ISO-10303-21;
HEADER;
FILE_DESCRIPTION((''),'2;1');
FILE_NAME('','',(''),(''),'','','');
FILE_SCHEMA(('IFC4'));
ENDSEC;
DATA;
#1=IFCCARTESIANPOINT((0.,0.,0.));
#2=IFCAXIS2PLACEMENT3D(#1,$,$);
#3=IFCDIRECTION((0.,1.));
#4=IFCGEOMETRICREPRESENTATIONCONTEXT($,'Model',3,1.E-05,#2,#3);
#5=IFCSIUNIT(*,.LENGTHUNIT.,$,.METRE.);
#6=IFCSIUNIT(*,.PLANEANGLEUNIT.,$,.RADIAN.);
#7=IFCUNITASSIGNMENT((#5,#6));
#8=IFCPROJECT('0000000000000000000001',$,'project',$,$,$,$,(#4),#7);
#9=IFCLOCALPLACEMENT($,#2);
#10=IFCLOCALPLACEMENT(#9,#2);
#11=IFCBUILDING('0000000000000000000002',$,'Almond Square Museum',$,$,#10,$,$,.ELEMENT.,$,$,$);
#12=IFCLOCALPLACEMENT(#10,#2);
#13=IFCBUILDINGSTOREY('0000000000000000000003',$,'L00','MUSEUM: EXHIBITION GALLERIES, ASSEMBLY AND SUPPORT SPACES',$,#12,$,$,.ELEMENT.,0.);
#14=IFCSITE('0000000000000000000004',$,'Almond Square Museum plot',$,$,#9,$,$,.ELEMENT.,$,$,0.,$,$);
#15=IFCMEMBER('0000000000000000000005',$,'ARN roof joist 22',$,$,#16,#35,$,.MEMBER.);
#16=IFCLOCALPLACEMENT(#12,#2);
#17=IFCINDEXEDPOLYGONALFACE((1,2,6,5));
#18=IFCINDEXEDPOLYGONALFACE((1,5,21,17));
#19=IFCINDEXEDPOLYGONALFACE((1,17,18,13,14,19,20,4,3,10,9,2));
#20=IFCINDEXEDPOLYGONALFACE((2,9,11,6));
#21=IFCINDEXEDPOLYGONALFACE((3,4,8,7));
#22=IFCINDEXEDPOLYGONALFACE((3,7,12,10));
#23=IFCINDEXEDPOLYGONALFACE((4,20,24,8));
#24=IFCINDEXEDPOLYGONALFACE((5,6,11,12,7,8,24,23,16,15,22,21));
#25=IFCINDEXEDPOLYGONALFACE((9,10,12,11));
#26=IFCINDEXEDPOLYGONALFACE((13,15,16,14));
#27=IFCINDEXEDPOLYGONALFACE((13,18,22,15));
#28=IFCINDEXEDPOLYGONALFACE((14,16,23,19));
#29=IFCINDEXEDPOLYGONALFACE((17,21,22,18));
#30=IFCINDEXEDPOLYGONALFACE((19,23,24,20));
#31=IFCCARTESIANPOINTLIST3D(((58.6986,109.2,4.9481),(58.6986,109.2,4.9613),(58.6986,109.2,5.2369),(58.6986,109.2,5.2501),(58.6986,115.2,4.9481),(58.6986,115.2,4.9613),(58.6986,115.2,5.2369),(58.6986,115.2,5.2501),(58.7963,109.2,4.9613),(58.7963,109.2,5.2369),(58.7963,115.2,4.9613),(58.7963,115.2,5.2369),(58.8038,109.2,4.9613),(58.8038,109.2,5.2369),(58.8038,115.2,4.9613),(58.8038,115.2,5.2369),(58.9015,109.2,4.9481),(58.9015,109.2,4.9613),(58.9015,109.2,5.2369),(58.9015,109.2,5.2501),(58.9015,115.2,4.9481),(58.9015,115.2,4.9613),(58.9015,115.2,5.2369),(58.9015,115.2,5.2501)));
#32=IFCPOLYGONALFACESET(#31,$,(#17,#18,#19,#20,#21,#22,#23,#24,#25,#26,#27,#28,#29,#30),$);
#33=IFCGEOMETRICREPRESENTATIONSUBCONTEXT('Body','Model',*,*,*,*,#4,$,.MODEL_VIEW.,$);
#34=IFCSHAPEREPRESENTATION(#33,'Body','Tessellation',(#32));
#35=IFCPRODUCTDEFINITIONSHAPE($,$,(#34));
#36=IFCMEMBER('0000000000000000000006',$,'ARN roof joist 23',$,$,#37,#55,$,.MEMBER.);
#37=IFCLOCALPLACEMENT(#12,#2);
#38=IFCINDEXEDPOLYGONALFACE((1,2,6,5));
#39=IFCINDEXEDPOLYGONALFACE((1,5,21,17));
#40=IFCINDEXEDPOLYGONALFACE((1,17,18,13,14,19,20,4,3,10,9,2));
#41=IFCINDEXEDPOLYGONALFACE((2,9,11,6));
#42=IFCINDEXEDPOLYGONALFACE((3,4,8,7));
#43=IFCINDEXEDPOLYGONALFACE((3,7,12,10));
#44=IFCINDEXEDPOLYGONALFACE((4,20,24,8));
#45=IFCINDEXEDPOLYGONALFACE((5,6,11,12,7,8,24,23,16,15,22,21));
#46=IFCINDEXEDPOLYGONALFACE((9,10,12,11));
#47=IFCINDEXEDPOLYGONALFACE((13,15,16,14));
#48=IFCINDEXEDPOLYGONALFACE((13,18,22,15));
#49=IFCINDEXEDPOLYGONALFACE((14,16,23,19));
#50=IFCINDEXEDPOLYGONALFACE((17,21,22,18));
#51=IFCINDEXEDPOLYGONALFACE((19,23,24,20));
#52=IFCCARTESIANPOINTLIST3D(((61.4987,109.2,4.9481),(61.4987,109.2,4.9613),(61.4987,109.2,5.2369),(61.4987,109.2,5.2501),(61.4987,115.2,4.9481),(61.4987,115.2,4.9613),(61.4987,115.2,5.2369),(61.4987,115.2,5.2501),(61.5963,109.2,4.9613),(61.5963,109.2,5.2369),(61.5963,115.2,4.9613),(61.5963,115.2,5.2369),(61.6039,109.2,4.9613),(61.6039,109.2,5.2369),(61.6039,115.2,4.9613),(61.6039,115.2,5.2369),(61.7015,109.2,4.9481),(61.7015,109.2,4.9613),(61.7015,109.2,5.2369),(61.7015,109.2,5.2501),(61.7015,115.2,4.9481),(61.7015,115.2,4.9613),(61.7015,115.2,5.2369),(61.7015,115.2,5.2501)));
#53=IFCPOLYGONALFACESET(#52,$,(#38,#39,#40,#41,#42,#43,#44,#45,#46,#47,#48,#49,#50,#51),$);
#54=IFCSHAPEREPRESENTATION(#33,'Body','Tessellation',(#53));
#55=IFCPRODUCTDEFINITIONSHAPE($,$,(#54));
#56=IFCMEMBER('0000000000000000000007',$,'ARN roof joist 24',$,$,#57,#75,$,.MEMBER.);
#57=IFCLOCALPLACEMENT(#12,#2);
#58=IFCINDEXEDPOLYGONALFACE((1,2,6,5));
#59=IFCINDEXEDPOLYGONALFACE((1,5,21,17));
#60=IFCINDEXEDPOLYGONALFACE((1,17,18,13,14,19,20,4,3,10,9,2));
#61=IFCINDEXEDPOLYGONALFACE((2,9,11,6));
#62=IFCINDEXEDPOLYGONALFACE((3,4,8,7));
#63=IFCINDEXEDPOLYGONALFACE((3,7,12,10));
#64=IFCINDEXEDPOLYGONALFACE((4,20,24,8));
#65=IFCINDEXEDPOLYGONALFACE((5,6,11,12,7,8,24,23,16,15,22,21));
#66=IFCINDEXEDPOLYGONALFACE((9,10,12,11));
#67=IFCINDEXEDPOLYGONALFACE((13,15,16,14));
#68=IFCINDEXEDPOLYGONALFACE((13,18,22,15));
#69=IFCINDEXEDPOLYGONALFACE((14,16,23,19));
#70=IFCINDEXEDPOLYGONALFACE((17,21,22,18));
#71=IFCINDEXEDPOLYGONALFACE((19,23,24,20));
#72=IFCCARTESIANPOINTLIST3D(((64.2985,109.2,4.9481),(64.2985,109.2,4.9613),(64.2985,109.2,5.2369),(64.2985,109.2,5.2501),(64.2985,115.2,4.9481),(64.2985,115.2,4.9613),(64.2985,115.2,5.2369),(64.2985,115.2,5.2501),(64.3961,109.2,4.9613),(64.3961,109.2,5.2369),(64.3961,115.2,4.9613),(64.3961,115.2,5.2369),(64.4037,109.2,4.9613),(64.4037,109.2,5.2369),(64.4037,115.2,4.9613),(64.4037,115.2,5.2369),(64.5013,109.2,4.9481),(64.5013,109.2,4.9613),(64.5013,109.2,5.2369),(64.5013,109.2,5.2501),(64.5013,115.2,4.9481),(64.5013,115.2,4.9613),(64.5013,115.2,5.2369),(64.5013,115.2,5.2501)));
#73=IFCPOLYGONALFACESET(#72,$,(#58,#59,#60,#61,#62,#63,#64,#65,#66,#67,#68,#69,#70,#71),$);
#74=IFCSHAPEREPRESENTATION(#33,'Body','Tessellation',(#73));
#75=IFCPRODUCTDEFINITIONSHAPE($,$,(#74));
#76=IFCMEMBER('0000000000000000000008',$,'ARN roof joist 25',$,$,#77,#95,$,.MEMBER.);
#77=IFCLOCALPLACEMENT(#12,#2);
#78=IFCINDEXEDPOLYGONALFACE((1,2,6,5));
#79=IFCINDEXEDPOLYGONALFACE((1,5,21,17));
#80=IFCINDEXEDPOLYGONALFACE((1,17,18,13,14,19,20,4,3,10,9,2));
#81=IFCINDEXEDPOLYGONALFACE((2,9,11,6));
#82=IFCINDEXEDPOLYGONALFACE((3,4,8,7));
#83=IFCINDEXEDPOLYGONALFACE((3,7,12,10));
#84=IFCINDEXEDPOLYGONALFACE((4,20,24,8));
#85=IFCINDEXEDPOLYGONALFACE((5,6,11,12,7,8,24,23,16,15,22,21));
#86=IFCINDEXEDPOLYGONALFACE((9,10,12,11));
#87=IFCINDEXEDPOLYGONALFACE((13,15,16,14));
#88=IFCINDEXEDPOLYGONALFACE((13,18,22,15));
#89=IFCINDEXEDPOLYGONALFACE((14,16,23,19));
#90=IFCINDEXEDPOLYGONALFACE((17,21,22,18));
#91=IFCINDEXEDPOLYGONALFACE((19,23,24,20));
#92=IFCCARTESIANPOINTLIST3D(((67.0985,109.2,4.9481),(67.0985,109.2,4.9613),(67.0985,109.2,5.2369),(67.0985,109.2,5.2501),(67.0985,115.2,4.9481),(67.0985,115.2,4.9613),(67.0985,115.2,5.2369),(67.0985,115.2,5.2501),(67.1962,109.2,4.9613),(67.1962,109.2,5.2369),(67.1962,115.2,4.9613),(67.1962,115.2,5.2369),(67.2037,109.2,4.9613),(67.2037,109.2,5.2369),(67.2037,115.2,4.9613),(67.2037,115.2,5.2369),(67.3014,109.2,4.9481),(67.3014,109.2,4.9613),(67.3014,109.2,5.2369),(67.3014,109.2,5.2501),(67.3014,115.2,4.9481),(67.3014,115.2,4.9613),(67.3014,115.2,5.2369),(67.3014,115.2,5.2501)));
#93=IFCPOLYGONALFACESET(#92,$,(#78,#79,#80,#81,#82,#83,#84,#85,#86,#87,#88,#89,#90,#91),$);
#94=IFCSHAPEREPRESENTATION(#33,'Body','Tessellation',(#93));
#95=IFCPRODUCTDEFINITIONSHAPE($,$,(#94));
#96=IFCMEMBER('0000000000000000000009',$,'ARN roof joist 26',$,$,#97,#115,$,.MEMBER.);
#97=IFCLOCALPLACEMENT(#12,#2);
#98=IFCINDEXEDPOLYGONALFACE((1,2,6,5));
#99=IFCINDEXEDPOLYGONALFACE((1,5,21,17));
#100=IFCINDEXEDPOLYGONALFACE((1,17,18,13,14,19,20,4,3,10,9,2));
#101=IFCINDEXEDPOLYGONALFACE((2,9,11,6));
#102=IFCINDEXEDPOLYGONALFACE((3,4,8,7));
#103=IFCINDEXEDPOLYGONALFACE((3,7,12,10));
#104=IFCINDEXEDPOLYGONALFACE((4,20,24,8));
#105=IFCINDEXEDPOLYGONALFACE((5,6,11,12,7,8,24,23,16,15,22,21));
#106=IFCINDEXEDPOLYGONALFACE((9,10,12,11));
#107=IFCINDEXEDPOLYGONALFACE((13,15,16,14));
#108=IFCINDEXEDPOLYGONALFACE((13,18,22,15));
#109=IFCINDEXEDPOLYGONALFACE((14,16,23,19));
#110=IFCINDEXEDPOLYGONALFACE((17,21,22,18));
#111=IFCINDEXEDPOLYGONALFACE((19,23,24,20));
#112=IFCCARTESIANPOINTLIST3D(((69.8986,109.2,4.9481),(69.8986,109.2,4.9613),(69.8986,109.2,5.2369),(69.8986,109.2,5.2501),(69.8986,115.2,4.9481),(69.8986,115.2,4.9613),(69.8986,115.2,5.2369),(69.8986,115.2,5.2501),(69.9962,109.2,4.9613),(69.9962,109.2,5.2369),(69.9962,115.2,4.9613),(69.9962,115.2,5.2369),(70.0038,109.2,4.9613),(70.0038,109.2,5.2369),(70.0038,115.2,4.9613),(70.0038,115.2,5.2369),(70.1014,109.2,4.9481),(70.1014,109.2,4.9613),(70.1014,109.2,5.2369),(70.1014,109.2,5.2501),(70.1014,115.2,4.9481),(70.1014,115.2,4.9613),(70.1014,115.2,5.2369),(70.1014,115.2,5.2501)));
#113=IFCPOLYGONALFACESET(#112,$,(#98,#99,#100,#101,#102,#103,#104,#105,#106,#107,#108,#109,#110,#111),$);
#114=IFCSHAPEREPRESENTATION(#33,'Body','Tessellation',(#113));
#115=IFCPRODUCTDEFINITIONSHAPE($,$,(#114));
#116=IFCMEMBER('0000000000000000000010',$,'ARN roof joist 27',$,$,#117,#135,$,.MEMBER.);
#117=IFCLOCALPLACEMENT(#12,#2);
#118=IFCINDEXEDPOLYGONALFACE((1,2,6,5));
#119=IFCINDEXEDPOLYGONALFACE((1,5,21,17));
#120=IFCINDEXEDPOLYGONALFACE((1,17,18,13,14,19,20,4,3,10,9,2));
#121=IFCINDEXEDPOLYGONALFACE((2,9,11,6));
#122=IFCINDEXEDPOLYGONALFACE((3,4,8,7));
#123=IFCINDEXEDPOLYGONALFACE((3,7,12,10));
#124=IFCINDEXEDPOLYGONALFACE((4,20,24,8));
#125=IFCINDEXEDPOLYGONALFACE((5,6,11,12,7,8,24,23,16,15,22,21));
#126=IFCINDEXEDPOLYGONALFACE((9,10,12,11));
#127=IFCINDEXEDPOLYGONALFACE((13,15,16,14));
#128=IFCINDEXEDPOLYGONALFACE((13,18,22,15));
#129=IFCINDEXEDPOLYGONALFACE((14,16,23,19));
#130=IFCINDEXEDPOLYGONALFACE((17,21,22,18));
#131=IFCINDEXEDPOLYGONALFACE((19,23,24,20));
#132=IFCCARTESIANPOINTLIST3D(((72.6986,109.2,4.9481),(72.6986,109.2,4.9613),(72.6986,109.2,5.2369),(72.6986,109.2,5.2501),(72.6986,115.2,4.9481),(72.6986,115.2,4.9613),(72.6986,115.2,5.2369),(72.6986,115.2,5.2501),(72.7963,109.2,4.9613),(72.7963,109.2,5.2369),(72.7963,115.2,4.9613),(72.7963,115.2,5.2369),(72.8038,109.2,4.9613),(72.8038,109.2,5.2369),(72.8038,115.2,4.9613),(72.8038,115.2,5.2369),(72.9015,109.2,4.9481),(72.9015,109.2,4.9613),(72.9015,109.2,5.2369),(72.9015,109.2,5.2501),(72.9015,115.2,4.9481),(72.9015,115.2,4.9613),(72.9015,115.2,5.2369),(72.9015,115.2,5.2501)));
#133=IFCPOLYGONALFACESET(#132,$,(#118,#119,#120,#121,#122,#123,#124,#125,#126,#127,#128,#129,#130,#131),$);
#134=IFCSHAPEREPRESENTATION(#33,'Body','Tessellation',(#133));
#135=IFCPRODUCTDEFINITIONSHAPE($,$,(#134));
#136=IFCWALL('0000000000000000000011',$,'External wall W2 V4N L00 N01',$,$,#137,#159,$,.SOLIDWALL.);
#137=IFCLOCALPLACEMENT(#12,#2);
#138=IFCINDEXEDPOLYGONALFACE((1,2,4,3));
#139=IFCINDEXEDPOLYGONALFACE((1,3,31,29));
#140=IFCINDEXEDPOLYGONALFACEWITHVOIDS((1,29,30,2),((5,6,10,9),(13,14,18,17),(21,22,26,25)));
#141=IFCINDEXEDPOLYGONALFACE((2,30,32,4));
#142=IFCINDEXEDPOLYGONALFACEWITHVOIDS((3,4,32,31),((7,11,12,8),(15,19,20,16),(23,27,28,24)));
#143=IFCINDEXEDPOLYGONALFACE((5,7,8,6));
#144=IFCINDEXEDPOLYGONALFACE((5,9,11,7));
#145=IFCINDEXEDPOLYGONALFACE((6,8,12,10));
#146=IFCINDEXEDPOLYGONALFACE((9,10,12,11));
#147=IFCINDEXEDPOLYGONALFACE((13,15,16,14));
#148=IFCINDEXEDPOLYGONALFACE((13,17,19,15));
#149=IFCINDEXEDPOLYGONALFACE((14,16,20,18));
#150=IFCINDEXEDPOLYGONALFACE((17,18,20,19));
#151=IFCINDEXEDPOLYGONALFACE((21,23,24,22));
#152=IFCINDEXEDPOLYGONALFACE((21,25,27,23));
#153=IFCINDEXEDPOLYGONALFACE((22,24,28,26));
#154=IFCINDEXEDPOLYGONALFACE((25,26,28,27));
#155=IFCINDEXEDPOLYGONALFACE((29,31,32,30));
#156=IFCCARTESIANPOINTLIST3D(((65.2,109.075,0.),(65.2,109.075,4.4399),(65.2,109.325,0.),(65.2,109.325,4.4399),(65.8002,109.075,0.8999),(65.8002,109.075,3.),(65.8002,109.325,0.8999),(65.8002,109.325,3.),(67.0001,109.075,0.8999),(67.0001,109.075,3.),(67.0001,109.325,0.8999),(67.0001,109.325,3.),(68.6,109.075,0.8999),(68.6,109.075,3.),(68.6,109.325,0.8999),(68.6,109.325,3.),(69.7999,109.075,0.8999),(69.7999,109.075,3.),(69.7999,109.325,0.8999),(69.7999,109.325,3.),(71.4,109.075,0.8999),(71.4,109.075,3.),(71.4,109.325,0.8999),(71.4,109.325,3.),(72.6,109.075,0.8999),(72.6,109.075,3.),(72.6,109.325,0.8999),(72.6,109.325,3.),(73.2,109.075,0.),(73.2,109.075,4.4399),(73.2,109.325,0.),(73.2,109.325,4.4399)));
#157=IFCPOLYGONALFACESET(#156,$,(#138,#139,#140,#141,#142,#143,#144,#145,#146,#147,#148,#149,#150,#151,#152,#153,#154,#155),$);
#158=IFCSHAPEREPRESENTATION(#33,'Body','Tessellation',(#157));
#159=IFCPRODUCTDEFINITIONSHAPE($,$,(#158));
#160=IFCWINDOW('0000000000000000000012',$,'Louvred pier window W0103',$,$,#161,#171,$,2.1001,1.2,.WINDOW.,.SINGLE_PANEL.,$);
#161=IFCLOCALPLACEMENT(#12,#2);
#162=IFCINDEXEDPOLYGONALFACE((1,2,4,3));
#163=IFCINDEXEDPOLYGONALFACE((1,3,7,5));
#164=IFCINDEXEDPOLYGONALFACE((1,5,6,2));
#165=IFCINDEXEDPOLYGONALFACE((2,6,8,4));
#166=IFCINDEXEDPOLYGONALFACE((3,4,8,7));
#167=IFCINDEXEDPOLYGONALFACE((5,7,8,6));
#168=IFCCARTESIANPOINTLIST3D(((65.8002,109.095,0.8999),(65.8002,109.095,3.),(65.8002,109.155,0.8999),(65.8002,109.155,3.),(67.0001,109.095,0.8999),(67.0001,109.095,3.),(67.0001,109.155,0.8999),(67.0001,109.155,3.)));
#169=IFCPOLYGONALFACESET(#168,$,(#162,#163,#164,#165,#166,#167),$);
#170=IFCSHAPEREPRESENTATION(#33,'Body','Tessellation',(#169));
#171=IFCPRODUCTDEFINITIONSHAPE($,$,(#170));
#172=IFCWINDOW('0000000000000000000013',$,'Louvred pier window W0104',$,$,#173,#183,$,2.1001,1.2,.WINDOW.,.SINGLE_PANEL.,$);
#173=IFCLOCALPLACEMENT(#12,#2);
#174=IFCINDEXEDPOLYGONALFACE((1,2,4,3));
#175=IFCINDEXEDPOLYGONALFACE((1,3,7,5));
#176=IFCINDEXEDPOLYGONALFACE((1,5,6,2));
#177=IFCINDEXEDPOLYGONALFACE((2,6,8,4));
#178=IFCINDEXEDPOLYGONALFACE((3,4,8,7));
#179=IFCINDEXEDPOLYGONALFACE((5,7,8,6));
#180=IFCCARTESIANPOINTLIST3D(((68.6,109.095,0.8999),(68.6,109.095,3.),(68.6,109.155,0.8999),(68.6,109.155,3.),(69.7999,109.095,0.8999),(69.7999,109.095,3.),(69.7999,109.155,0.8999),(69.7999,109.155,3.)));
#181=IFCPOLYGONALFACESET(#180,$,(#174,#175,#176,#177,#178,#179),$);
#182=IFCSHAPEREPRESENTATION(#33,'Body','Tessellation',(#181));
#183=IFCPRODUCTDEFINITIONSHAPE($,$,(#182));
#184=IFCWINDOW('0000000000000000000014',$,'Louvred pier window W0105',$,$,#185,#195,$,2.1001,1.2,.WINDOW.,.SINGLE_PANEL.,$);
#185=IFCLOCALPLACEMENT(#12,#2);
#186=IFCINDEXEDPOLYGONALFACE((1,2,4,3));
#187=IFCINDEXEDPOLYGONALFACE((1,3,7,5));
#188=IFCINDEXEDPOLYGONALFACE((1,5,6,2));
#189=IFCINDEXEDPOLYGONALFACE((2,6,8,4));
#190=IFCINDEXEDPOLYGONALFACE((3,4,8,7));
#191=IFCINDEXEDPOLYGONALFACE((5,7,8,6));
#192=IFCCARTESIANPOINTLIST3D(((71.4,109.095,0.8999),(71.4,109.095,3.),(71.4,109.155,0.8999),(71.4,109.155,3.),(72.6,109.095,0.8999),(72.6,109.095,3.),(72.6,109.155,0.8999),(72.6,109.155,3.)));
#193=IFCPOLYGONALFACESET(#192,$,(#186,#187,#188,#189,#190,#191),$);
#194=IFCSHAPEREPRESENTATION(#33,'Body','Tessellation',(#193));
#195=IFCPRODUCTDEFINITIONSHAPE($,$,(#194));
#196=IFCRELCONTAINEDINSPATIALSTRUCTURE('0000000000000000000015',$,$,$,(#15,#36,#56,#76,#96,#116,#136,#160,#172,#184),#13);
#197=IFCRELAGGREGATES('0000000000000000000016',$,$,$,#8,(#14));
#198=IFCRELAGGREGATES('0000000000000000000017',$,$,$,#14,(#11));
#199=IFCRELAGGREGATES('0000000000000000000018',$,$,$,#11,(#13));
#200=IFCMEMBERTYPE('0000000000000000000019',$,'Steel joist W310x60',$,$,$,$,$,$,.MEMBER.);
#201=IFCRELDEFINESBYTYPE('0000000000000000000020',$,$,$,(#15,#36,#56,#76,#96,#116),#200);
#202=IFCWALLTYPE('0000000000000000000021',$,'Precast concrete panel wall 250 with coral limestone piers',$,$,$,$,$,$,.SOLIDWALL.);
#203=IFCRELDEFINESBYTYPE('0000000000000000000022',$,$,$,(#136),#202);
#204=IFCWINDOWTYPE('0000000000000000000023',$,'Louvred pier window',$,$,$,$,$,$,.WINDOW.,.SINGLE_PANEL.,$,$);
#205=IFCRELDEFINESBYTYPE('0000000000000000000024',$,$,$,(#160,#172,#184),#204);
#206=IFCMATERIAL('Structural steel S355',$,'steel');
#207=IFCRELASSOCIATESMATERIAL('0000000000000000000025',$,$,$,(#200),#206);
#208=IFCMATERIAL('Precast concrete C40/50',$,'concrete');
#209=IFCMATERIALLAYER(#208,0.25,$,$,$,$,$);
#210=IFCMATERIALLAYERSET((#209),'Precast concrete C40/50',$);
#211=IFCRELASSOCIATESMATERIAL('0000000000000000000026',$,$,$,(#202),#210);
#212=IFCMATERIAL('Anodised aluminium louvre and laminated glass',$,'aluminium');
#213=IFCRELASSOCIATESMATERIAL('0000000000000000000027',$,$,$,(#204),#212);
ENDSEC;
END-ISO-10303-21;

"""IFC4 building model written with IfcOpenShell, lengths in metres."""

from ifc_helpers import new_model, si_unit, direction, frame, frame_2d, origin, origin_2d, place, context, subcontext, project, spatial, rectangle, i_section, extrude, material, layer, layer_set, material_profile, profile_set, type_object, element, fill, save


model = new_model("IFC4")

# Units and contexts
model_context = context("Model", 3, precision=1e-05, world=origin(), true_north=direction((0.0, 1.0)))
body_context = subcontext(model_context, "Body", "Model", "MODEL_VIEW")
ifc_project = project(units=[si_unit("LENGTHUNIT", "METRE"), si_unit("PLANEANGLEUNIT", "RADIAN")], contexts=[model_context])

# Site, building, storey
site_placement = place(None, origin())
site = spatial("IfcSite", under=ifc_project, at=site_placement, Name="Almond Square Museum plot", CompositionType="ELEMENT", RefElevation=0.0)
building_placement = place(site_placement, origin())
building = spatial("IfcBuilding", under=site, at=building_placement, Name="Almond Square Museum", CompositionType="ELEMENT")
storey_placement = place(building_placement, origin())
storey = spatial("IfcBuildingStorey", under=building, at=storey_placement, Name="L00", Description="MUSEUM: EXHIBITION GALLERIES, ASSEMBLY AND SUPPORT SPACES", CompositionType="ELEMENT", Elevation=0.0)

# Members
ifc_material_1 = material(Name="Structural steel S355", Category="steel")
ifc_material_profile_1 = material_profile(ifc_material_1, i_section(OverallWidth=0.2029, OverallDepth=0.302, WebThickness=0.0076, FlangeThickness=0.0132, at=origin_2d()))
ifc_profile_set_1 = profile_set([ifc_material_profile_1], Name="Structural steel S355")
member_type = type_object("IfcMemberType", Name="Steel joist W310x60", PredefinedType="MEMBER", material=ifc_profile_set_1)
for number, where, z_axis, x_axis, name in (
    (1, (58.8, 109.2, 5.0991), (0.0, 1.0, 0.0), (-1.0, 0.0, 0.0), "ARN roof joist 22"),
    (2, (61.6001, 109.2, 5.0991), (0.0, 1.0, 0.0), (-1.0, 0.0, 0.0), "ARN roof joist 23"),
    (3, (64.3999, 109.2, 5.0991), (0.0, 1.0, 0.0), (-1.0, 0.0, 0.0), "ARN roof joist 24"),
    (4, (67.2, 109.2, 5.0991), (0.0, 1.0, 0.0), (-1.0, 0.0, 0.0), "ARN roof joist 25"),
    (5, (70.0, 109.2, 5.0991), (0.0, 1.0, 0.0), (-1.0, 0.0, 0.0), "ARN roof joist 26"),
    (6, (72.8, 109.2, 5.0991), (0.0, 1.0, 0.0), (-1.0, 0.0, 0.0), "ARN roof joist 27"),
):
    element("IfcMember", number, at=place(storey_placement, frame(where, z_axis=z_axis, x_axis=x_axis)), inside=storey, type_object=member_type, Name=name, PredefinedType="MEMBER", context=body_context, shape_type="SweptSolid", body=[
        extrude(i_section(OverallWidth=0.2029, OverallDepth=0.302, WebThickness=0.0076, FlangeThickness=0.0132, at=origin_2d()), origin(), (0.0, 0.0, 1.0), 6.0),
    ])

# Wall, openings, windows
ifc_material_2 = material(Name="Precast concrete C40/50", Category="concrete")
ifc_layer_1 = layer(ifc_material_2, 0.25)
ifc_layer_set_1 = layer_set([ifc_layer_1], Name="Precast concrete C40/50")
wall_type_1 = type_object("IfcWallType", Name="Precast concrete panel wall 250 with coral limestone piers", PredefinedType="SOLIDWALL", material=ifc_layer_set_1)
wall_1_placement = place(storey_placement, frame((65.2, 109.2, 0.0), z_axis=(0.0, 0.0, 1.0), x_axis=(1.0, 0.0, 0.0)))
wall_1 = element("IfcWall", 7, at=wall_1_placement, inside=storey, type_object=wall_type_1, Name="External wall W2 V4N L00 N01", PredefinedType="SOLIDWALL", context=body_context, shape_type="SweptSolid", body=[
    extrude(rectangle(XDim=8.0, YDim=0.25, at=frame_2d((4.0, 0.0))), origin(), (0.0, 0.0, 1.0), 4.4399),
])
opening_1_placement = place(wall_1_placement, frame((0.6001, 0.0, 0.8999)))
opening_1 = element("IfcOpeningElement", 8, at=opening_1_placement, cuts=wall_1, PredefinedType="OPENING", context=body_context, shape_type="SweptSolid", body=[
    extrude(rectangle(XDim=1.2, YDim=2.1001, at=frame_2d((0.6001, 1.05))), frame((0.0, 0.135, 0.0), z_axis=(0.0, -1.0, 0.0), x_axis=(1.0, 0.0, 0.0)), (0.0, 0.0, 1.0), 0.27),
])
opening_2_placement = place(wall_1_placement, frame((3.3999, 0.0, 0.8999)))
opening_2 = element("IfcOpeningElement", 9, at=opening_2_placement, cuts=wall_1, PredefinedType="OPENING", context=body_context, shape_type="SweptSolid", body=[
    extrude(rectangle(XDim=1.2, YDim=2.1001, at=frame_2d((0.6001, 1.05))), frame((0.0, 0.135, 0.0), z_axis=(0.0, -1.0, 0.0), x_axis=(1.0, 0.0, 0.0)), (0.0, 0.0, 1.0), 0.27),
])
opening_3_placement = place(wall_1_placement, frame((6.2, 0.0, 0.8999)))
opening_3 = element("IfcOpeningElement", 10, at=opening_3_placement, cuts=wall_1, PredefinedType="OPENING", context=body_context, shape_type="SweptSolid", body=[
    extrude(rectangle(XDim=1.2, YDim=2.1001, at=frame_2d((0.6001, 1.05))), frame((0.0, 0.135, 0.0), z_axis=(0.0, -1.0, 0.0), x_axis=(1.0, 0.0, 0.0)), (0.0, 0.0, 1.0), 0.27),
])
ifc_material_3 = material(Name="Anodised aluminium louvre and laminated glass", Category="aluminium")
window_type = type_object("IfcWindowType", Name="Louvred pier window", PartitioningType="SINGLE_PANEL", PredefinedType="WINDOW", material=ifc_material_3)
window_1_placement = place(opening_1_placement, origin())
window_1 = element("IfcWindow", 11, at=window_1_placement, inside=storey, type_object=window_type, Name="Louvred pier window W0103", OverallHeight=2.1001, OverallWidth=1.2, PartitioningType="SINGLE_PANEL", PredefinedType="WINDOW", context=body_context, shape_type="SweptSolid", body=[
    extrude(rectangle(XDim=1.2, YDim=2.1001, at=frame_2d((0.6001, 1.05))), frame((0.0, -0.0449, 0.0), z_axis=(0.0, -1.0, 0.0), x_axis=(1.0, 0.0, 0.0)), (0.0, 0.0, 1.0), 0.0601),
])
fill(opening_1, window_1)
window_2_placement = place(opening_2_placement, origin())
window_2 = element("IfcWindow", 12, at=window_2_placement, inside=storey, type_object=window_type, Name="Louvred pier window W0104", OverallHeight=2.1001, OverallWidth=1.2, PartitioningType="SINGLE_PANEL", PredefinedType="WINDOW", context=body_context, shape_type="SweptSolid", body=[
    extrude(rectangle(XDim=1.2, YDim=2.1001, at=frame_2d((0.6001, 1.05))), frame((0.0, -0.0449, 0.0), z_axis=(0.0, -1.0, 0.0), x_axis=(1.0, 0.0, 0.0)), (0.0, 0.0, 1.0), 0.0601),
])
fill(opening_2, window_2)
window_3_placement = place(opening_3_placement, origin())
window_3 = element("IfcWindow", 13, at=window_3_placement, inside=storey, type_object=window_type, Name="Louvred pier window W0105", OverallHeight=2.1001, OverallWidth=1.2, PartitioningType="SINGLE_PANEL", PredefinedType="WINDOW", context=body_context, shape_type="SweptSolid", body=[
    extrude(rectangle(XDim=1.2, YDim=2.1001, at=frame_2d((0.6001, 1.05))), frame((0.0, -0.0449, 0.0), z_axis=(0.0, -1.0, 0.0), x_axis=(1.0, 0.0, 0.0)), (0.0, 0.0, 1.0), 0.0601),
])
fill(opening_3, window_3)

save(model, "model.ifc")
